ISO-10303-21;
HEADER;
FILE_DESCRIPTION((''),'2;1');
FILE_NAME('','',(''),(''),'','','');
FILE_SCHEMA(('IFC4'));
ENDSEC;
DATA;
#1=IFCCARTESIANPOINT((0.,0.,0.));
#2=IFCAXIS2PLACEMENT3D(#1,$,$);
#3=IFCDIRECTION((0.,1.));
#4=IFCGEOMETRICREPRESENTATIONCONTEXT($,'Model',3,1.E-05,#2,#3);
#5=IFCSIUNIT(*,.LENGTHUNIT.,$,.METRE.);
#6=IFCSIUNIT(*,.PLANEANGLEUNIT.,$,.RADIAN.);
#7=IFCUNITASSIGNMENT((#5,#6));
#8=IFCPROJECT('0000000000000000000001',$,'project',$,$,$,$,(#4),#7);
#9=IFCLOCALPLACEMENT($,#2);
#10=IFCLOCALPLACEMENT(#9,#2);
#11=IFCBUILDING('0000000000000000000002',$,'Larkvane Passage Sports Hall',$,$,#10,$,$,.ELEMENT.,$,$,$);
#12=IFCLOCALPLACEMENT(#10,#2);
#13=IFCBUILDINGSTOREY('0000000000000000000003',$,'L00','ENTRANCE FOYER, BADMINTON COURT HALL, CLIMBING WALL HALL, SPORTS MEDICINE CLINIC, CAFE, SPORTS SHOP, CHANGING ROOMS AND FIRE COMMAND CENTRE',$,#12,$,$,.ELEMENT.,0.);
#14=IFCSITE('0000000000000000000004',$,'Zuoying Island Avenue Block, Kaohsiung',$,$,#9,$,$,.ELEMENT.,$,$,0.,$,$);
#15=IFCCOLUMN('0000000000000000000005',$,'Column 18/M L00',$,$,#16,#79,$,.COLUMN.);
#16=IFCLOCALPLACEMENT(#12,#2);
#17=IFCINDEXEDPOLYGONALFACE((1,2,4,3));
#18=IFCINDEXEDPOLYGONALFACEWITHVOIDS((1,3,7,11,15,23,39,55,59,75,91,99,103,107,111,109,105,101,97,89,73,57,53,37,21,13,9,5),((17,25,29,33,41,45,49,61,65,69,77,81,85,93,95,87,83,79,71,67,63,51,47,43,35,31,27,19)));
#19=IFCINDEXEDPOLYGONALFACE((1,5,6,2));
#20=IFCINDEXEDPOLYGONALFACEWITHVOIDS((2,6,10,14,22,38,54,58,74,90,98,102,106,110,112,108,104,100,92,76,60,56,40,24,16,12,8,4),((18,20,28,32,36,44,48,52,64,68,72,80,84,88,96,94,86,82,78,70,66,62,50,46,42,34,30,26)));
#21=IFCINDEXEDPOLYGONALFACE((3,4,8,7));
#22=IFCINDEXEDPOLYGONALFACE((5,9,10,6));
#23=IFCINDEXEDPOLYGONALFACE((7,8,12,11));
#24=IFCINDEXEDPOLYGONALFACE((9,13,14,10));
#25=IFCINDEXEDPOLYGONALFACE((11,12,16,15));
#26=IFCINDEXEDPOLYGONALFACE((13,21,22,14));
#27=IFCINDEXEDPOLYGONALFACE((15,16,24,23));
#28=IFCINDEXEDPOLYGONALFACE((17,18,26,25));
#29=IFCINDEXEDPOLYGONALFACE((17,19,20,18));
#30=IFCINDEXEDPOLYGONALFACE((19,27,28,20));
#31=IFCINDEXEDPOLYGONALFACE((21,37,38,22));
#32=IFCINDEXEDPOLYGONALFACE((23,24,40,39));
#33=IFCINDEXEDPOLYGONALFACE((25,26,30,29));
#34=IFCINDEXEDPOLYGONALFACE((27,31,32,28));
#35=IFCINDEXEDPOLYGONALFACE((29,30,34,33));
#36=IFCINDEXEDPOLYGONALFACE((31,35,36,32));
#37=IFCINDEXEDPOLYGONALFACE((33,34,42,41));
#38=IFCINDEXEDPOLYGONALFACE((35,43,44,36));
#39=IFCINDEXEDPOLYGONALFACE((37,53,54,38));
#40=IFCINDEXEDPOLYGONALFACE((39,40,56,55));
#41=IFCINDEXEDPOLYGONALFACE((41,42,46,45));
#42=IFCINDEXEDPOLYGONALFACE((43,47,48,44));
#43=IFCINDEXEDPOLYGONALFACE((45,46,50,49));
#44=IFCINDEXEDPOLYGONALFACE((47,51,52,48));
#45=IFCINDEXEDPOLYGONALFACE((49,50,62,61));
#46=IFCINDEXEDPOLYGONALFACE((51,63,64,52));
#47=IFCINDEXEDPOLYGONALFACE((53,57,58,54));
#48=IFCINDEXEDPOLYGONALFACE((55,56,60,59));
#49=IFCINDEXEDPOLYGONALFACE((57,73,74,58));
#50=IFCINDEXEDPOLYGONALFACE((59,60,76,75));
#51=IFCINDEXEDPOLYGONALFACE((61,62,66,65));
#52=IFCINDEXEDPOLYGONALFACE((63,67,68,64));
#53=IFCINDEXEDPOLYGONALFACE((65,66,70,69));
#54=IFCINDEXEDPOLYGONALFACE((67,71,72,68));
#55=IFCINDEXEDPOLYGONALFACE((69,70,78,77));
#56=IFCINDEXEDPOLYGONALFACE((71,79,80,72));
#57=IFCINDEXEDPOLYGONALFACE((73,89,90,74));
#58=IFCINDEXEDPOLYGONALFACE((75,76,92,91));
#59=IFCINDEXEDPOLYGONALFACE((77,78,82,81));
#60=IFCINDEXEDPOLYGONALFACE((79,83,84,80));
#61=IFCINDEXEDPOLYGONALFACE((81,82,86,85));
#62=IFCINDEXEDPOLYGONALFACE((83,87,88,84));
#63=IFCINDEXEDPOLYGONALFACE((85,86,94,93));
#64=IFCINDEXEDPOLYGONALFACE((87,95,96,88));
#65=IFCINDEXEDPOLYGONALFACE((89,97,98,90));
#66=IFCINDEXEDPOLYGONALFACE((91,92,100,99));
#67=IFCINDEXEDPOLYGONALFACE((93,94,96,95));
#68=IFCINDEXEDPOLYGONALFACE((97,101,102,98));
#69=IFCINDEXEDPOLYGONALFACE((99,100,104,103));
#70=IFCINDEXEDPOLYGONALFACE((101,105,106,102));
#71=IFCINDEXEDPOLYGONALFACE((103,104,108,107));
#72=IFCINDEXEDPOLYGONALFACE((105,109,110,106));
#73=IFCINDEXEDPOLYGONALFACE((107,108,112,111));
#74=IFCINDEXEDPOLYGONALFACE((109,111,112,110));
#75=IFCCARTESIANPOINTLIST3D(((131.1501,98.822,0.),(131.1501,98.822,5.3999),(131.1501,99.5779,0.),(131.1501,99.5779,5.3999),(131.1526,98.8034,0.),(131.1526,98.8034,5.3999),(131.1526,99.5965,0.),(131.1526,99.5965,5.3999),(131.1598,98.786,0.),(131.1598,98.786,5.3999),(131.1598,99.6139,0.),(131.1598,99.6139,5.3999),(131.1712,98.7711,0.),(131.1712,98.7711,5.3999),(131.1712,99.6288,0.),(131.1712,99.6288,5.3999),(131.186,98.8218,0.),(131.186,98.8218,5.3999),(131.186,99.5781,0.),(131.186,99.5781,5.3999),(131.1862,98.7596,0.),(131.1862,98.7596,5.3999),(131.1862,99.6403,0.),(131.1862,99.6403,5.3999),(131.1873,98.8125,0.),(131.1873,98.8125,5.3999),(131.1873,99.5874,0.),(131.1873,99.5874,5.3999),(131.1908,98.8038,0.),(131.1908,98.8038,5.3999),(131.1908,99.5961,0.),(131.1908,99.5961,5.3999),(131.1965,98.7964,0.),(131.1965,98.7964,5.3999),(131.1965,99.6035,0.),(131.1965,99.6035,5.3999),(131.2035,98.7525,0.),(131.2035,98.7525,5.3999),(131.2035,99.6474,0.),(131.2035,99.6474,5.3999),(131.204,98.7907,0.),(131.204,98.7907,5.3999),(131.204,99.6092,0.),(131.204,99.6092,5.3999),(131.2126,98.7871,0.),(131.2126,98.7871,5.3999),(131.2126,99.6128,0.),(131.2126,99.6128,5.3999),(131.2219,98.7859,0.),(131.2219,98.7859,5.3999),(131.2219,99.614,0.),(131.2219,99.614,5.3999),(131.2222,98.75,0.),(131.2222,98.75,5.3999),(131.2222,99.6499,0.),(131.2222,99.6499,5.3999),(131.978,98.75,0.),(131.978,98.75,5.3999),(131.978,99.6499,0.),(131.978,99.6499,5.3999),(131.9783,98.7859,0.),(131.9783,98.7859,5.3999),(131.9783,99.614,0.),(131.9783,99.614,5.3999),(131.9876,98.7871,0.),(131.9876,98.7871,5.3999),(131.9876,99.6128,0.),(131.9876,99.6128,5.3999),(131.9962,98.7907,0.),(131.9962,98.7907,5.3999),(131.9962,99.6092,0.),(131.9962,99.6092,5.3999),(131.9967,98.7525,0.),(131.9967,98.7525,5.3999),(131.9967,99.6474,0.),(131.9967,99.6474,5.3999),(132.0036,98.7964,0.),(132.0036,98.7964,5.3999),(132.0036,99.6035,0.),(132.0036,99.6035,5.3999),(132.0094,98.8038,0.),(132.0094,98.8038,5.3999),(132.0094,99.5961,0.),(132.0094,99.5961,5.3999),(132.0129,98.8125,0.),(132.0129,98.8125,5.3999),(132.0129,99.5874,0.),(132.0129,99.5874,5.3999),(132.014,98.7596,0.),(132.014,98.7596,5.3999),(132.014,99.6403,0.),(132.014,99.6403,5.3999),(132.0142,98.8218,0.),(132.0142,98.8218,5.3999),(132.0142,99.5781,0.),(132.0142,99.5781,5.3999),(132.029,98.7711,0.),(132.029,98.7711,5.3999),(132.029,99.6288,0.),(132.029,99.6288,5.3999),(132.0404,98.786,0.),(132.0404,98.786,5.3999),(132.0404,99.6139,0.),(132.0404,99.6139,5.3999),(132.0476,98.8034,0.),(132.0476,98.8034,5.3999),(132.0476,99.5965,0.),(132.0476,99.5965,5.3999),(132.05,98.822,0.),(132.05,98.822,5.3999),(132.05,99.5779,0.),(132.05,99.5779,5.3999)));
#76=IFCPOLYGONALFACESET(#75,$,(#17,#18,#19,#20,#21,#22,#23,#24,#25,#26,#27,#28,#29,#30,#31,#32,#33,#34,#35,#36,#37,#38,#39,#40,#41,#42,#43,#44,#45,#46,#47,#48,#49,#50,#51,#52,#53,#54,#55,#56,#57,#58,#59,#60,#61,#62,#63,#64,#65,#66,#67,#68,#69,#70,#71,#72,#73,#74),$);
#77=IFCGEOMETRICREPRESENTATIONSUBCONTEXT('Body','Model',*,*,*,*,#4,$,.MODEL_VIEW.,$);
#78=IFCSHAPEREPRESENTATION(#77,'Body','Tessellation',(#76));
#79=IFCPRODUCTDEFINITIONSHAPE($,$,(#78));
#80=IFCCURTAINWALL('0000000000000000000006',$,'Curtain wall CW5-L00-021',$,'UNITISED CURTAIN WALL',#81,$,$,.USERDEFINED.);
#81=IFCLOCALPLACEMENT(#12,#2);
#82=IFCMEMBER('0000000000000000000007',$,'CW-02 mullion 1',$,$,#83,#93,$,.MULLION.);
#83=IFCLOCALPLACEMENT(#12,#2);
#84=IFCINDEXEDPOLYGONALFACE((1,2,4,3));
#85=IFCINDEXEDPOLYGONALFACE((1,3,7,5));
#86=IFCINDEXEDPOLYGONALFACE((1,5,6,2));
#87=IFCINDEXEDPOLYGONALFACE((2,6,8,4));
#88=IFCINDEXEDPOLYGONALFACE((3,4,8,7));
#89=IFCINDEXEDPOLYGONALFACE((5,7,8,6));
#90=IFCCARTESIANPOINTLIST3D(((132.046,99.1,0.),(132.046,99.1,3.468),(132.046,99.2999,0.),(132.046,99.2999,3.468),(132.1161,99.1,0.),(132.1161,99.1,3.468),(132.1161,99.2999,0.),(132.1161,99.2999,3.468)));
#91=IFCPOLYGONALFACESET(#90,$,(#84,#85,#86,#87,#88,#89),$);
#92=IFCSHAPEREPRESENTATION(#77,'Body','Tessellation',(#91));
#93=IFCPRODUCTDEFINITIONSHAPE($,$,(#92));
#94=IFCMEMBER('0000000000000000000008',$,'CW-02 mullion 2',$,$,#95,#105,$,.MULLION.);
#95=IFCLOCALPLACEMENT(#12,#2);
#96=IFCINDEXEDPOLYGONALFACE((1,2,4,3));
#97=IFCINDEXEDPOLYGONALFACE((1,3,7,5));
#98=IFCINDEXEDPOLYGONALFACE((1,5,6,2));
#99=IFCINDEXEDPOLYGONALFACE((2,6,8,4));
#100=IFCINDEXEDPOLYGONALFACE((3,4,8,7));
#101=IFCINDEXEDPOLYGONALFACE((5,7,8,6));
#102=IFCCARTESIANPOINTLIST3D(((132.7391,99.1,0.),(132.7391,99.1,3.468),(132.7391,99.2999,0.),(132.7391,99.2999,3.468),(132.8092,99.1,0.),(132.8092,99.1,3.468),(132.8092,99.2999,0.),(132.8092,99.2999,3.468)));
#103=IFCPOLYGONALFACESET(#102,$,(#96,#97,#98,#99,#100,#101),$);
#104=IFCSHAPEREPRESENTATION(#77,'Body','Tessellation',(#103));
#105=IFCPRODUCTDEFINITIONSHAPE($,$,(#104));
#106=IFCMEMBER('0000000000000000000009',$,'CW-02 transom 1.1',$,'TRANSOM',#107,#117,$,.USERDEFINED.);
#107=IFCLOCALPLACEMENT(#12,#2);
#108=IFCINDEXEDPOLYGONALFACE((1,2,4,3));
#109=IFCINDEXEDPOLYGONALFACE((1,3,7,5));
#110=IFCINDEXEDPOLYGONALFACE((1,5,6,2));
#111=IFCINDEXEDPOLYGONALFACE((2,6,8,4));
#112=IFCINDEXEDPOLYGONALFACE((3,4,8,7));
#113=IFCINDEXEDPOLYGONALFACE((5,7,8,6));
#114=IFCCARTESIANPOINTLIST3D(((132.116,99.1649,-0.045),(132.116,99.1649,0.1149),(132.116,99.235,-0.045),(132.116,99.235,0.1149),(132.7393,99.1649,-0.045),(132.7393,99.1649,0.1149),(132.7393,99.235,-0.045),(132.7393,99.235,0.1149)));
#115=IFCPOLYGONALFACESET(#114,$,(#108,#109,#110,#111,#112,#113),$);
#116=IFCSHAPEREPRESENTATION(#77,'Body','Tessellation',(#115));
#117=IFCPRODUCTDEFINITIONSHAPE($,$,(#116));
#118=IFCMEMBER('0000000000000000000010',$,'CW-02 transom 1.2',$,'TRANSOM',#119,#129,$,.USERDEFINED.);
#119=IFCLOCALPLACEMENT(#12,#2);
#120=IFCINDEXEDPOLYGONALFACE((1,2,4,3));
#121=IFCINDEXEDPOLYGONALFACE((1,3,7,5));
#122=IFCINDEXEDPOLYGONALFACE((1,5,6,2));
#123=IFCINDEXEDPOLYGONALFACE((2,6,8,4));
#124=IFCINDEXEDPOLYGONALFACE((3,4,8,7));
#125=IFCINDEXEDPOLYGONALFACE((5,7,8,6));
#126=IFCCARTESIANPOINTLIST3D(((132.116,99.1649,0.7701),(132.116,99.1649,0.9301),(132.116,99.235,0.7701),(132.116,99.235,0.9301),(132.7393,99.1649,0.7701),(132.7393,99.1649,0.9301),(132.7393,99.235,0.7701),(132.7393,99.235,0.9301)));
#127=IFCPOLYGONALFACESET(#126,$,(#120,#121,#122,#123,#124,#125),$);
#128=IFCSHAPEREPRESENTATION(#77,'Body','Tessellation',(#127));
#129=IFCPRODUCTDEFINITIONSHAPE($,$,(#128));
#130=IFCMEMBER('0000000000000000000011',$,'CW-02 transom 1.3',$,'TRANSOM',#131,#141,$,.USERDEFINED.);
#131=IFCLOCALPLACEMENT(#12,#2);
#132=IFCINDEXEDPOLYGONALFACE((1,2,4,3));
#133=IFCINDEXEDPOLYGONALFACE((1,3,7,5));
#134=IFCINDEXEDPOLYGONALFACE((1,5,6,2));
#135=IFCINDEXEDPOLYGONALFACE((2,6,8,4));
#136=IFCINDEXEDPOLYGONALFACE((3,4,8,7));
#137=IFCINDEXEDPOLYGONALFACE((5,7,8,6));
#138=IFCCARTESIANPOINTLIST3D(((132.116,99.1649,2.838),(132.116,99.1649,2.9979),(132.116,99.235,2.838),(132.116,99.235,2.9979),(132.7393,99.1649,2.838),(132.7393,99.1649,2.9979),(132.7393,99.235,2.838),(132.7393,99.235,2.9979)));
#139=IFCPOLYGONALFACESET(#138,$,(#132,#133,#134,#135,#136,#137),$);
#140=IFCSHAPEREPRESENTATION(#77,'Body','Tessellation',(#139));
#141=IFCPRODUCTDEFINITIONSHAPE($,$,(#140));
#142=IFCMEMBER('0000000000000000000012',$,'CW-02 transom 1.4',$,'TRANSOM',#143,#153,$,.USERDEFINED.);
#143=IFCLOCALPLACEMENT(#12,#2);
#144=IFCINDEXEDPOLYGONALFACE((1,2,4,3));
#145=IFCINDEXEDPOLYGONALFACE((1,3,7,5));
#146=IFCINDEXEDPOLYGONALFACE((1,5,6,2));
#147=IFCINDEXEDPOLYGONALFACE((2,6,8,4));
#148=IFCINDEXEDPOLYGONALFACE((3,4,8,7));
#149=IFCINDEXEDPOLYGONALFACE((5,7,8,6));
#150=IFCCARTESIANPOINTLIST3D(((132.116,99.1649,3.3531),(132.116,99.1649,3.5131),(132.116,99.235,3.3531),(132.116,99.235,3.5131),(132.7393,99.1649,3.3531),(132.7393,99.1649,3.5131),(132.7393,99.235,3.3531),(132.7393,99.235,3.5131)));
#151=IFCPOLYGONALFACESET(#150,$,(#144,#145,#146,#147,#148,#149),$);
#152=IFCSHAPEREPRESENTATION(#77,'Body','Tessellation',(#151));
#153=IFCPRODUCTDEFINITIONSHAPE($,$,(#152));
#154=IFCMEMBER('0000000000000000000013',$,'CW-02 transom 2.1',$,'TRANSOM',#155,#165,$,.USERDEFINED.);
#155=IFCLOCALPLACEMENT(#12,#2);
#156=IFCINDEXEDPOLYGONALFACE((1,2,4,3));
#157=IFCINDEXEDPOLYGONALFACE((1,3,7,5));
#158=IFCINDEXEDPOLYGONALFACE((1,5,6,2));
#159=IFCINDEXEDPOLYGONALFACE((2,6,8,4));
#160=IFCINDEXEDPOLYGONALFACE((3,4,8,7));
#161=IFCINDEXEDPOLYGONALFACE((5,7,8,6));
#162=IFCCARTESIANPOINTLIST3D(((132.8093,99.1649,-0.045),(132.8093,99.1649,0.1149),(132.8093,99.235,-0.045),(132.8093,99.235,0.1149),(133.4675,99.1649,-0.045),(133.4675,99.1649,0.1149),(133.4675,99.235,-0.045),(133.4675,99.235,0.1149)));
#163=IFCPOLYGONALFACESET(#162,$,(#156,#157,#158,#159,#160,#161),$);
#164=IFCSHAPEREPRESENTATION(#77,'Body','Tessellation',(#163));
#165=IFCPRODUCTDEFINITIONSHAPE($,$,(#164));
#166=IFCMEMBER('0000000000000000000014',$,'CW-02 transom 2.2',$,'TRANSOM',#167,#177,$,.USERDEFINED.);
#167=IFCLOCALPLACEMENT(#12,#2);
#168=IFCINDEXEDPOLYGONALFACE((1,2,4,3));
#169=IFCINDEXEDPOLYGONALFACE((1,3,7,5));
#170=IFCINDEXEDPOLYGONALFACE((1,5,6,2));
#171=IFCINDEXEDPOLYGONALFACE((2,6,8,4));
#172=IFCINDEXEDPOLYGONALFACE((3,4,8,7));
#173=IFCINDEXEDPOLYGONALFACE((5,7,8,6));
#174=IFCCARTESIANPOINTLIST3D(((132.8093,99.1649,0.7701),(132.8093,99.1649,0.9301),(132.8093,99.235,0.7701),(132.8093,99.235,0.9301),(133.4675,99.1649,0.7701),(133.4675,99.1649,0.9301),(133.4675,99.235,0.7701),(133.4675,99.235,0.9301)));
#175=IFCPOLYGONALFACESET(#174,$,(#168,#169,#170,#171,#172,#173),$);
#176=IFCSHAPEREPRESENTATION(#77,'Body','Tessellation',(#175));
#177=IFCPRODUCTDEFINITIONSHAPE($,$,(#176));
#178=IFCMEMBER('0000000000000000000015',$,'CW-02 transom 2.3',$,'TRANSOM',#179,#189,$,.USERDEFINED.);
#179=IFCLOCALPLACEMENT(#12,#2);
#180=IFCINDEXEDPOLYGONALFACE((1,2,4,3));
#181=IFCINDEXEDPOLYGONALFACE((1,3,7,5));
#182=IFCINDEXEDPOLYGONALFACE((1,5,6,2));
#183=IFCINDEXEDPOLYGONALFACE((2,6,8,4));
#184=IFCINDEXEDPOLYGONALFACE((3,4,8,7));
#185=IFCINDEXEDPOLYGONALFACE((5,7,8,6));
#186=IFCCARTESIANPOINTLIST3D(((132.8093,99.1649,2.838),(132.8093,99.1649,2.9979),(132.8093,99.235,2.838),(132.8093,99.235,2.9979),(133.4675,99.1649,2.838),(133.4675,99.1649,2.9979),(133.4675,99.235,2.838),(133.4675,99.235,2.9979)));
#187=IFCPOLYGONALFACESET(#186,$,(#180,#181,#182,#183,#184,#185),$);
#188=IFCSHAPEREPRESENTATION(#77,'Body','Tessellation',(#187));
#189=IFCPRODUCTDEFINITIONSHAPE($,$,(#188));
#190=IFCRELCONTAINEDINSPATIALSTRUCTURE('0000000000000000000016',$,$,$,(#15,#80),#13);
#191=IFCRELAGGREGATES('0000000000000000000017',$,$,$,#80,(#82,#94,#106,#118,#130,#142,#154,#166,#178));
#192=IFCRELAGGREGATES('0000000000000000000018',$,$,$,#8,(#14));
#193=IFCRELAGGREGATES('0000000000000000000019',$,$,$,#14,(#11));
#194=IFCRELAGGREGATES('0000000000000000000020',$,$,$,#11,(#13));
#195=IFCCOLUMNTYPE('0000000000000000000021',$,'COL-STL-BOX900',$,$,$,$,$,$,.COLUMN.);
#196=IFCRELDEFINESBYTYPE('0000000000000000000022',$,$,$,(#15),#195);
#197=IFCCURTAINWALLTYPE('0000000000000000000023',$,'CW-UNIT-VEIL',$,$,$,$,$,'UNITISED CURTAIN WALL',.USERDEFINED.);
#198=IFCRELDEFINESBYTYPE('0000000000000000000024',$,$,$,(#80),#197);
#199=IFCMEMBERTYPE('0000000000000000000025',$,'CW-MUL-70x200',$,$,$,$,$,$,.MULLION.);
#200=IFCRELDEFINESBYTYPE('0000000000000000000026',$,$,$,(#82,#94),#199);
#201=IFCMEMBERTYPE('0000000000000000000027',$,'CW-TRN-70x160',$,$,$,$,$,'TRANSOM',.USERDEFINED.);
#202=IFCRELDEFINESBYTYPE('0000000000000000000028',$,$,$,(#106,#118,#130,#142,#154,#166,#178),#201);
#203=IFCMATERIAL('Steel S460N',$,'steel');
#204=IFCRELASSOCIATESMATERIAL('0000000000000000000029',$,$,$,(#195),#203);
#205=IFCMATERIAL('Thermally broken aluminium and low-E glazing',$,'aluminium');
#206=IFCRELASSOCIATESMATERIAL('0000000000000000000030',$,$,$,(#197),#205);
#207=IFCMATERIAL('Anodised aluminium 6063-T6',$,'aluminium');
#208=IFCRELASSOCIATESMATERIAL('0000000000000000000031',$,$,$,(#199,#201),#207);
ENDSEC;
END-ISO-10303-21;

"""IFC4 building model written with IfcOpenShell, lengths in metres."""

from ifc_helpers import new_model, si_unit, direction, frame, origin, origin_2d, place, context, subcontext, project, spatial, rectangle, hollow_rectangle, extrude, material, material_profile, profile_set, type_object, element, aggregate, save


model = new_model("IFC4")

# Units and contexts
model_context = context("Model", 3, precision=1e-05, world=origin(), true_north=direction((0.0, 1.0)))
body_context = subcontext(model_context, "Body", "Model", "MODEL_VIEW")
ifc_project = project(units=[si_unit("LENGTHUNIT", "METRE"), si_unit("PLANEANGLEUNIT", "RADIAN")], contexts=[model_context])

# Site, building, storey
site_placement = place(None, origin())
site = spatial("IfcSite", under=ifc_project, at=site_placement, Name="Zuoying Island Avenue Block, Kaohsiung", CompositionType="ELEMENT", RefElevation=0.0)
building_placement = place(site_placement, origin())
building = spatial("IfcBuilding", under=site, at=building_placement, Name="Larkvane Passage Sports Hall", CompositionType="ELEMENT")
storey_placement = place(building_placement, origin())
storey = spatial("IfcBuildingStorey", under=building, at=storey_placement, Name="L00", Description="ENTRANCE FOYER, BADMINTON COURT HALL, CLIMBING WALL HALL, SPORTS MEDICINE CLINIC, CAFE, SPORTS SHOP, CHANGING ROOMS AND FIRE COMMAND CENTRE", CompositionType="ELEMENT", Elevation=0.0)

# Column
ifc_material_1 = material(Name="Steel S460N", Category="steel")
ifc_material_profile_1 = material_profile(ifc_material_1, hollow_rectangle(XDim=0.8999, YDim=0.8999, WallThickness=0.0359, InnerFilletRadius=0.0359, OuterFilletRadius=0.072, at=origin_2d()), Name="BOX-900x900x36")
ifc_profile_set_1 = profile_set([ifc_material_profile_1], Name="Steel S460N")
column_type = type_object("IfcColumnType", Name="COL-STL-BOX900", PredefinedType="COLUMN", material=ifc_profile_set_1)
column_placement = place(storey_placement, frame((131.6001, 99.2, 0.0), z_axis=(0.0, 0.0, 1.0), x_axis=(1.0, 0.0, 0.0)))
element("IfcColumn", 1, at=column_placement, inside=storey, type_object=column_type, Name="Column 18/M L00", PredefinedType="COLUMN", context=body_context, shape_type="SweptSolid", body=[
    extrude(hollow_rectangle(XDim=0.8999, YDim=0.8999, WallThickness=0.0359, InnerFilletRadius=0.0359, OuterFilletRadius=0.072, at=origin_2d()), origin(), (0.0, 0.0, 1.0), 5.3999),
])

# Curtain wall, members
ifc_material_2 = material(Name="Thermally broken aluminium and low-E glazing", Category="aluminium")
curtain_wall_type = type_object("IfcCurtainWallType", Name="CW-UNIT-VEIL", ElementType="UNITISED CURTAIN WALL", PredefinedType="USERDEFINED", material=ifc_material_2)
curtain_wall_placement = place(storey_placement, origin())
curtain_wall = element("IfcCurtainWall", 2, at=curtain_wall_placement, inside=storey, type_object=curtain_wall_type, Name="Curtain wall CW5-L00-021", ObjectType="UNITISED CURTAIN WALL", PredefinedType="USERDEFINED")
ifc_material_3 = material(Name="Anodised aluminium 6063-T6", Category="aluminium")
ifc_material_profile_2 = material_profile(ifc_material_3, rectangle(XDim=0.0701, YDim=0.2, at=origin_2d()), Name="ALU-MUL-70x200")
ifc_profile_set_2 = profile_set([ifc_material_profile_2], Name="Anodised aluminium 6063-T6")
member_type_1 = type_object("IfcMemberType", Name="CW-MUL-70x200", PredefinedType="MULLION", material=ifc_profile_set_2)
member_1_placement = place(storey_placement, frame((132.0811, 99.2, 0.0), z_axis=(0.0, 0.0, 1.0), x_axis=(1.0, 0.0, 0.0)))
member_1 = element("IfcMember", 3, at=member_1_placement, type_object=member_type_1, Name="CW-02 mullion 1", PredefinedType="MULLION", context=body_context, shape_type="SweptSolid", body=[
    extrude(rectangle(XDim=0.0701, YDim=0.2, at=origin_2d()), origin(), (0.0, 0.0, 1.0), 3.468),
])
member_2_placement = place(storey_placement, frame((132.7742, 99.2, 0.0), z_axis=(0.0, 0.0, 1.0), x_axis=(1.0, 0.0, 0.0)))
member_2 = element("IfcMember", 4, at=member_2_placement, type_object=member_type_1, Name="CW-02 mullion 2", PredefinedType="MULLION", context=body_context, shape_type="SweptSolid", body=[
    extrude(rectangle(XDim=0.0701, YDim=0.2, at=origin_2d()), origin(), (0.0, 0.0, 1.0), 3.468),
])
ifc_material_profile_3 = material_profile(ifc_material_3, rectangle(XDim=0.0701, YDim=0.1599, at=origin_2d()), Name="ALU-TRN-70x160")
ifc_profile_set_3 = profile_set([ifc_material_profile_3], Name="Anodised aluminium 6063-T6")
member_type_2 = type_object("IfcMemberType", Name="CW-TRN-70x160", ElementType="TRANSOM", PredefinedType="USERDEFINED", material=ifc_profile_set_3)
member_3_placement = place(storey_placement, frame((132.116, 99.2, 0.0349), z_axis=(1.0, 0.0, 0.0), x_axis=(0.0, 1.0, 0.0)))
member_3 = element("IfcMember", 5, at=member_3_placement, type_object=member_type_2, Name="CW-02 transom 1.1", ObjectType="TRANSOM", PredefinedType="USERDEFINED", context=body_context, shape_type="SweptSolid", body=[
    extrude(rectangle(XDim=0.0701, YDim=0.1599, at=origin_2d()), origin(), (0.0, 0.0, 1.0), 0.6233),
])
member_4_placement = place(storey_placement, frame((132.116, 99.2, 0.8501), z_axis=(1.0, 0.0, 0.0), x_axis=(0.0, 1.0, 0.0)))
member_4 = element("IfcMember", 6, at=member_4_placement, type_object=member_type_2, Name="CW-02 transom 1.2", ObjectType="TRANSOM", PredefinedType="USERDEFINED", context=body_context, shape_type="SweptSolid", body=[
    extrude(rectangle(XDim=0.0701, YDim=0.1599, at=origin_2d()), origin(), (0.0, 0.0, 1.0), 0.6233),
])
member_5_placement = place(storey_placement, frame((132.116, 99.2, 2.918), z_axis=(1.0, 0.0, 0.0), x_axis=(0.0, 1.0, 0.0)))
member_5 = element("IfcMember", 7, at=member_5_placement, type_object=member_type_2, Name="CW-02 transom 1.3", ObjectType="TRANSOM", PredefinedType="USERDEFINED", context=body_context, shape_type="SweptSolid", body=[
    extrude(rectangle(XDim=0.0701, YDim=0.1599, at=origin_2d()), origin(), (0.0, 0.0, 1.0), 0.6233),
])
member_6_placement = place(storey_placement, frame((132.116, 99.2, 3.4331), z_axis=(1.0, 0.0, 0.0), x_axis=(0.0, 1.0, 0.0)))
member_6 = element("IfcMember", 8, at=member_6_placement, type_object=member_type_2, Name="CW-02 transom 1.4", ObjectType="TRANSOM", PredefinedType="USERDEFINED", context=body_context, shape_type="SweptSolid", body=[
    extrude(rectangle(XDim=0.0701, YDim=0.1599, at=origin_2d()), origin(), (0.0, 0.0, 1.0), 0.6233),
])
member_7_placement = place(storey_placement, frame((132.8093, 99.2, 0.0349), z_axis=(1.0, 0.0, 0.0), x_axis=(0.0, 1.0, 0.0)))
member_7 = element("IfcMember", 9, at=member_7_placement, type_object=member_type_2, Name="CW-02 transom 2.1", ObjectType="TRANSOM", PredefinedType="USERDEFINED", context=body_context, shape_type="SweptSolid", body=[
    extrude(rectangle(XDim=0.0701, YDim=0.1599, at=origin_2d()), origin(), (0.0, 0.0, 1.0), 0.6582),
])
member_8_placement = place(storey_placement, frame((132.8093, 99.2, 0.8501), z_axis=(1.0, 0.0, 0.0), x_axis=(0.0, 1.0, 0.0)))
member_8 = element("IfcMember", 10, at=member_8_placement, type_object=member_type_2, Name="CW-02 transom 2.2", ObjectType="TRANSOM", PredefinedType="USERDEFINED", context=body_context, shape_type="SweptSolid", body=[
    extrude(rectangle(XDim=0.0701, YDim=0.1599, at=origin_2d()), origin(), (0.0, 0.0, 1.0), 0.6582),
])
member_9_placement = place(storey_placement, frame((132.8093, 99.2, 2.918), z_axis=(1.0, 0.0, 0.0), x_axis=(0.0, 1.0, 0.0)))
member_9 = element("IfcMember", 11, at=member_9_placement, type_object=member_type_2, Name="CW-02 transom 2.3", ObjectType="TRANSOM", PredefinedType="USERDEFINED", context=body_context, shape_type="SweptSolid", body=[
    extrude(rectangle(XDim=0.0701, YDim=0.1599, at=origin_2d()), origin(), (0.0, 0.0, 1.0), 0.6582),
])

aggregate(curtain_wall, [member_1, member_2, member_3, member_4, member_5, member_6, member_7, member_8, member_9])

save(model, "model.ifc")
